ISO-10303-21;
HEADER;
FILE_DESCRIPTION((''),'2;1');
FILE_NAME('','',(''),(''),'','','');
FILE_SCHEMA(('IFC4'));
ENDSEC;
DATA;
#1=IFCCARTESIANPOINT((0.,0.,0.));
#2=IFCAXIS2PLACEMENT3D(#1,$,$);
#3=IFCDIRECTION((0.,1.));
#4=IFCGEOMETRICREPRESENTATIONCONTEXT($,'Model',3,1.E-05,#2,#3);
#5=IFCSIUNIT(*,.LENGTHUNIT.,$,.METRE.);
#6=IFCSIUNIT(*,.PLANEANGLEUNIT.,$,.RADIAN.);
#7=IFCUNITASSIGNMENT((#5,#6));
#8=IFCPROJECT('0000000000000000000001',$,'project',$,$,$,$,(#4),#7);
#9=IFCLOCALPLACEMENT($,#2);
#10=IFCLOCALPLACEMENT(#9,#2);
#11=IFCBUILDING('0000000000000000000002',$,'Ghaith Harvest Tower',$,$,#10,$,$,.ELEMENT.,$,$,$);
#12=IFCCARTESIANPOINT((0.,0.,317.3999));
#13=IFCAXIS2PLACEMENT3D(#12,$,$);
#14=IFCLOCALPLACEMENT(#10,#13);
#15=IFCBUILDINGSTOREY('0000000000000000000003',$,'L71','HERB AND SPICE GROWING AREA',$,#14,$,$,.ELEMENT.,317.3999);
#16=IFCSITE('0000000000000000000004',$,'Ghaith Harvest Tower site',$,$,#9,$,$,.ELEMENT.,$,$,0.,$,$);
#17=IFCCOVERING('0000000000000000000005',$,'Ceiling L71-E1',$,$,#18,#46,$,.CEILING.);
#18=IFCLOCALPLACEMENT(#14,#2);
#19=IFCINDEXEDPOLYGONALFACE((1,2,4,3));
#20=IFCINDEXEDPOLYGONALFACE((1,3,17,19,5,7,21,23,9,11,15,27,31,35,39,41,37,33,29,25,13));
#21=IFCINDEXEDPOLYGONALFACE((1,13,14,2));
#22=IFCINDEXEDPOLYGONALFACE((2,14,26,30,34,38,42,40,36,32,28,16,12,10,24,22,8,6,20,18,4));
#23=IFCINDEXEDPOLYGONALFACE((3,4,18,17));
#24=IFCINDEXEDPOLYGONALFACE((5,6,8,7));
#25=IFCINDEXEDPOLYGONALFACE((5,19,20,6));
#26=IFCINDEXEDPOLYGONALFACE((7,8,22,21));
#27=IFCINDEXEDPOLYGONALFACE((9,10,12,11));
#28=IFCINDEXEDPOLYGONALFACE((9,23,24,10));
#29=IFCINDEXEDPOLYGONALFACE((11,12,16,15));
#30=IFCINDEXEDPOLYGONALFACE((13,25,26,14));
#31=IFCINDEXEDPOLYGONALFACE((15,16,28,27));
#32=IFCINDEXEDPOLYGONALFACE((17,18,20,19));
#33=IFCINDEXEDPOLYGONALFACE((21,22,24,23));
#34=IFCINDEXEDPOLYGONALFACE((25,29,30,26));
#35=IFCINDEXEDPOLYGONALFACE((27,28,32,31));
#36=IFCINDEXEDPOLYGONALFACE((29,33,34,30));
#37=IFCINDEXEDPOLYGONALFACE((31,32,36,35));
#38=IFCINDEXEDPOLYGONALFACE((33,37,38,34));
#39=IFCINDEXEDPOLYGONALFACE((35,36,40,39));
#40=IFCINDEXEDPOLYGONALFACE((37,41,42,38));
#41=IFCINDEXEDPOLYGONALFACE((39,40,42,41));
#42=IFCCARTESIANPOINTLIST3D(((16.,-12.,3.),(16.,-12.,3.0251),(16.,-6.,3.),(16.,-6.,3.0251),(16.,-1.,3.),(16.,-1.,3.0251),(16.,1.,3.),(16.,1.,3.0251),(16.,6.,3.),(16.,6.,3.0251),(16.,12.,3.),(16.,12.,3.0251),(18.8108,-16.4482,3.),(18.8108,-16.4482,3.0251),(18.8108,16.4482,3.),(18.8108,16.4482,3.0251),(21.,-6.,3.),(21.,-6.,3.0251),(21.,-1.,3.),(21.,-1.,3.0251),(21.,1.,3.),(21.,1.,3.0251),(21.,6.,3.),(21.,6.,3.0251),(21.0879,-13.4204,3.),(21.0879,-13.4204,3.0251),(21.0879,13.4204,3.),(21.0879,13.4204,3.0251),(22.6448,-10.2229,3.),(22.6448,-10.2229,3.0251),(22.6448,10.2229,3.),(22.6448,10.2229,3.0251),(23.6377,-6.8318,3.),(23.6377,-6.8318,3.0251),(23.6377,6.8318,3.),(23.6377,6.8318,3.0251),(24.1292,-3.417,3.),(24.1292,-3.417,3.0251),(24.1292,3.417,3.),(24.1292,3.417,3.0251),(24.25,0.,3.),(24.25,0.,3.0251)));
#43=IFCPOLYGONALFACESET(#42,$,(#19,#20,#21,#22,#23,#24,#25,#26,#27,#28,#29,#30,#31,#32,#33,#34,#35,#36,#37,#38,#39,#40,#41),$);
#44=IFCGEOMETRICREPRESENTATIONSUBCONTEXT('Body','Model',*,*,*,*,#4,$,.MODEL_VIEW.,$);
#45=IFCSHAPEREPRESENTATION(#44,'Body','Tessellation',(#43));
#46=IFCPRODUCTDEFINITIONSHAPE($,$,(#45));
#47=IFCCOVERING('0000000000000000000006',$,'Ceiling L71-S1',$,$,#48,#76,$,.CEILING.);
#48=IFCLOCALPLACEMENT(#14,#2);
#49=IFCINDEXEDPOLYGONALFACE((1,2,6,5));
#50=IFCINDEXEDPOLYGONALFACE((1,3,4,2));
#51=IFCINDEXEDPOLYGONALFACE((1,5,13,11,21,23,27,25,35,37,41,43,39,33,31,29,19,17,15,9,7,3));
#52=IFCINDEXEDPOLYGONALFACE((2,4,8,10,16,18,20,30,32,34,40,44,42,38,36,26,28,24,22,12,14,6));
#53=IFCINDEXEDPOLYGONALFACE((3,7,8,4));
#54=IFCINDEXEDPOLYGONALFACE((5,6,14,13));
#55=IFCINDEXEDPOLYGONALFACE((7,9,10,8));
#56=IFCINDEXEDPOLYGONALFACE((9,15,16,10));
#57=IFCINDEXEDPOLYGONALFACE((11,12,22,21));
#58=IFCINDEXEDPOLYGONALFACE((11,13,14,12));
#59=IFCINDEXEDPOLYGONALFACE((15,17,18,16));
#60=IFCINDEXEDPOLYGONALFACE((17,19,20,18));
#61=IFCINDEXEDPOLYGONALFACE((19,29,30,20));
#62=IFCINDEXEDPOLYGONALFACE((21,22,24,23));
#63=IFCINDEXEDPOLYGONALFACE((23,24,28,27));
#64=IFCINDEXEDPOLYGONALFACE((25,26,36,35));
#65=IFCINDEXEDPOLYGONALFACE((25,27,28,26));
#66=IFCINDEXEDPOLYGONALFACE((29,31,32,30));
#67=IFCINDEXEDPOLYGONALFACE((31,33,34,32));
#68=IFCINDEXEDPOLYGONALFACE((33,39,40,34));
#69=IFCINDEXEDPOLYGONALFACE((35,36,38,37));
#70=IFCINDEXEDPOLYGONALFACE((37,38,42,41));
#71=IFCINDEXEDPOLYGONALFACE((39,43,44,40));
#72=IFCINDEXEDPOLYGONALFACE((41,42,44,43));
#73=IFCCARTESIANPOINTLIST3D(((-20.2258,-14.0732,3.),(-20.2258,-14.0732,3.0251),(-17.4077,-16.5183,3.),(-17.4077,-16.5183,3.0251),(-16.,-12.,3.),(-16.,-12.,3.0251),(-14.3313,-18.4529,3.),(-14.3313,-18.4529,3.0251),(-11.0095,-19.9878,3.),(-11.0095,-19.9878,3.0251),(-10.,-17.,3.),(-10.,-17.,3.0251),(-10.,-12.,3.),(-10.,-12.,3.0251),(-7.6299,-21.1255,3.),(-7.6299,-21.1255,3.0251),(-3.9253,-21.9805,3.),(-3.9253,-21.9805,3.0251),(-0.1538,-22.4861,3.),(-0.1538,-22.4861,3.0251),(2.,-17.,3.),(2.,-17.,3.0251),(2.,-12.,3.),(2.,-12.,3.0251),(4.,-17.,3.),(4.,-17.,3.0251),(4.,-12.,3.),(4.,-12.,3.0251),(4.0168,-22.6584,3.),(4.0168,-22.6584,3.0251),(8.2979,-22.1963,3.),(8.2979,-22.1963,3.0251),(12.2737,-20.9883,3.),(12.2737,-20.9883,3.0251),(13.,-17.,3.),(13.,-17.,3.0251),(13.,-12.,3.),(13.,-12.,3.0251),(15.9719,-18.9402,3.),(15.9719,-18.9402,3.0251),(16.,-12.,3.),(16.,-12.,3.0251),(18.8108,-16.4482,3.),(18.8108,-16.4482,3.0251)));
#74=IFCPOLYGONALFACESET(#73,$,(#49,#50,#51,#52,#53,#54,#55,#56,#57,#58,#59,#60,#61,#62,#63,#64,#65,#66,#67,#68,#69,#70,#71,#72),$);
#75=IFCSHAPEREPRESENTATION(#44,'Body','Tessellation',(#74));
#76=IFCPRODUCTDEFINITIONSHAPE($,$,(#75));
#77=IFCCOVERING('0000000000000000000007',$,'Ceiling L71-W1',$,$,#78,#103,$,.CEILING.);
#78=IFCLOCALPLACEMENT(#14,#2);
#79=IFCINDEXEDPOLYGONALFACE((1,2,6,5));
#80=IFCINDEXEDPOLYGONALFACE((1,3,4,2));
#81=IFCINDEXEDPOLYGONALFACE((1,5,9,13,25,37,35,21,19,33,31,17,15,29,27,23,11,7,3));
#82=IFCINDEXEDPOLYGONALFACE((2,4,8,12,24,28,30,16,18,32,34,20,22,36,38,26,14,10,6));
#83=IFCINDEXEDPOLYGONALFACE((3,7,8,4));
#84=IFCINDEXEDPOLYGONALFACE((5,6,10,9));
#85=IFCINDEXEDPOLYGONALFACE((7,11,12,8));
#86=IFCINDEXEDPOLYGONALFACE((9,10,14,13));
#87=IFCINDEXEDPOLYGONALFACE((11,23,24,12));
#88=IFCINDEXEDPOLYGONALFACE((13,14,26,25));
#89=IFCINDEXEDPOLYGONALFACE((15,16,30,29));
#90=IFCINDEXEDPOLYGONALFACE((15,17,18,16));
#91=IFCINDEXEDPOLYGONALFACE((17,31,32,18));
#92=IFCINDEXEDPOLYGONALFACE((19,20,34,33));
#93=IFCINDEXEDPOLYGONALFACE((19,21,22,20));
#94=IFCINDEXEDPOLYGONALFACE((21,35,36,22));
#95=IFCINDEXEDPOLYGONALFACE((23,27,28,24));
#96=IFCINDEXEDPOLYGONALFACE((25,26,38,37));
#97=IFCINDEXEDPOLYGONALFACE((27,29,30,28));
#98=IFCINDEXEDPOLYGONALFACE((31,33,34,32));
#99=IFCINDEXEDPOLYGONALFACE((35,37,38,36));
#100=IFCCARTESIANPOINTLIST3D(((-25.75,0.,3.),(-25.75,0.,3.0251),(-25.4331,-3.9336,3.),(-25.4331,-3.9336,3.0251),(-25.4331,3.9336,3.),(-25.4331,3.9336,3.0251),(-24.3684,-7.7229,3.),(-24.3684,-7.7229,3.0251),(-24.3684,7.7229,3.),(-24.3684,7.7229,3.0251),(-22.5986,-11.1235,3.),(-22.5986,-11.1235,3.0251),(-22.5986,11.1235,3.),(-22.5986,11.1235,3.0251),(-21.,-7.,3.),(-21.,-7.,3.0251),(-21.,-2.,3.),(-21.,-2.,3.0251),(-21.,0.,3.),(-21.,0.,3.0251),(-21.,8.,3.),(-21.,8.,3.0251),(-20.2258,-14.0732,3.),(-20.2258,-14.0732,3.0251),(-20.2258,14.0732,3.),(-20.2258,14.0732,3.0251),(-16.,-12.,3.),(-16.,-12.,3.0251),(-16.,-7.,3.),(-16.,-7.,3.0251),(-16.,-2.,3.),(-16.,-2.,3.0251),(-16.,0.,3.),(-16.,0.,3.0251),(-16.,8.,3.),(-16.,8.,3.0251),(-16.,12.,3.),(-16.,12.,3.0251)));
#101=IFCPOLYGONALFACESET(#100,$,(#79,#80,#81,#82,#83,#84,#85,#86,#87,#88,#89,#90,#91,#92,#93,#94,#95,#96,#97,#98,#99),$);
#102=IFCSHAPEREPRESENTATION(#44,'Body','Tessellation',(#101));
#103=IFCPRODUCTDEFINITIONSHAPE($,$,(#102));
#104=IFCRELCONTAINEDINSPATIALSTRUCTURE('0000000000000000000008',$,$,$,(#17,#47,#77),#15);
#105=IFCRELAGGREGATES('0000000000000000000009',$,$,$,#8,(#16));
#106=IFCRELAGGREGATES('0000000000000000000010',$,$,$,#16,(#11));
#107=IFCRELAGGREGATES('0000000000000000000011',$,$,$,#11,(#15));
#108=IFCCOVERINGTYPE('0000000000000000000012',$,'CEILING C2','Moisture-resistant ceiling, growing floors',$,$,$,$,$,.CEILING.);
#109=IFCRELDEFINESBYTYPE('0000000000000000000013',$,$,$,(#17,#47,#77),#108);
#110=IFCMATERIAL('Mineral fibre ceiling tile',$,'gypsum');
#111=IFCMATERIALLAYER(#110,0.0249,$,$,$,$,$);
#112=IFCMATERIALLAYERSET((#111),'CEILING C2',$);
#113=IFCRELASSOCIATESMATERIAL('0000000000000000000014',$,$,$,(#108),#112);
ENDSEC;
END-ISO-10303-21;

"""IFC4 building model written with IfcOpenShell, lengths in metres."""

from ifc_helpers import new_model, si_unit, direction, frame, origin, place, context, subcontext, project, spatial, polyline, outline, extrude, material, layer, layer_set, type_object, element, save


model = new_model("IFC4")

# Units and contexts
model_context = context("Model", 3, precision=1e-05, world=origin(), true_north=direction((0.0, 1.0)))
body_context = subcontext(model_context, "Body", "Model", "MODEL_VIEW")
ifc_project = project(units=[si_unit("LENGTHUNIT", "METRE"), si_unit("PLANEANGLEUNIT", "RADIAN")], contexts=[model_context])

# Site, building, storey
site_placement = place(None, origin())
site = spatial("IfcSite", under=ifc_project, at=site_placement, Name="Ghaith Harvest Tower site", CompositionType="ELEMENT", RefElevation=0.0)
building_placement = place(site_placement, origin())
building = spatial("IfcBuilding", under=site, at=building_placement, Name="Ghaith Harvest Tower", CompositionType="ELEMENT")
storey_placement = place(building_placement, frame((0.0, 0.0, 317.3999)))
storey = spatial("IfcBuildingStorey", under=building, at=storey_placement, Name="L71", Description="HERB AND SPICE GROWING AREA", CompositionType="ELEMENT", Elevation=317.3999)

# Coverings
ifc_material_1 = material(Name="Mineral fibre ceiling tile", Category="gypsum")
ifc_layer_1 = layer(ifc_material_1, 0.0249)
ifc_layer_set_1 = layer_set([ifc_layer_1], Name="CEILING C2")
covering_type = type_object("IfcCoveringType", Name="CEILING C2", Description="Moisture-resistant ceiling, growing floors", PredefinedType="CEILING", material=ifc_layer_set_1)
covering_1_placement = place(storey_placement, frame((0.0, 0.0, 3.0)))
element("IfcCovering", 1, at=covering_1_placement, inside=storey, type_object=covering_type, Name="Ceiling L71-E1", PredefinedType="CEILING", context=body_context, shape_type="SweptSolid", body=[
    extrude(outline(polyline([(21.0879, 13.4204), (22.6448, 10.2229), (23.6377, 6.8318), (24.1292, 3.417), (24.25, 0.0), (24.1292, -3.417), (23.6377, -6.8318), (22.6448, -10.2229), (21.0879, -13.4204), (18.8108, -16.4482), (16.0, -12.0), (16.0, -6.0), (21.0, -6.0), (21.0, -1.0), (16.0, -1.0), (16.0, 1.0), (21.0, 1.0), (21.0, 6.0), (16.0, 6.0), (16.0, 12.0), (18.8108, 16.4482), (21.0879, 13.4204)])), origin(), (0.0, 0.0, 1.0), 0.0251),
])
covering_2_placement = place(storey_placement, frame((0.0, 0.0, 3.0)))
element("IfcCovering", 2, at=covering_2_placement, inside=storey, type_object=covering_type, Name="Ceiling L71-S1", PredefinedType="CEILING", context=body_context, shape_type="SweptSolid", body=[
    extrude(outline(polyline([(-17.4077, -16.5183), (-20.2258, -14.0732), (-16.0, -12.0), (-10.0, -12.0), (-10.0, -17.0), (2.0, -17.0), (2.0, -12.0), (4.0, -12.0), (4.0, -17.0), (13.0, -17.0), (13.0, -12.0), (16.0, -12.0), (18.8108, -16.4482), (15.9719, -18.9402), (12.2737, -20.9883), (8.2979, -22.1963), (4.0168, -22.6584), (-0.1538, -22.4861), (-3.9253, -21.9805), (-7.6299, -21.1255), (-11.0095, -19.9878), (-14.3313, -18.4529), (-17.4077, -16.5183)])), origin(), (0.0, 0.0, 1.0), 0.0251),
])
covering_3_placement = place(storey_placement, frame((0.0, 0.0, 3.0)))
element("IfcCovering", 3, at=covering_3_placement, inside=storey, type_object=covering_type, Name="Ceiling L71-W1", PredefinedType="CEILING", context=body_context, shape_type="SweptSolid", body=[
    extrude(outline(polyline([(-22.5986, -11.1235), (-24.3684, -7.7229), (-25.4331, -3.9336), (-25.75, 0.0), (-25.4331, 3.9336), (-24.3684, 7.7229), (-22.5986, 11.1235), (-20.2258, 14.0732), (-16.0, 12.0), (-16.0, 8.0), (-21.0, 8.0), (-21.0, 0.0), (-16.0, 0.0), (-16.0, -2.0), (-21.0, -2.0), (-21.0, -7.0), (-16.0, -7.0), (-16.0, -12.0), (-20.2258, -14.0732), (-22.5986, -11.1235)])), origin(), (0.0, 0.0, 1.0), 0.0251),
])

save(model, "model.ifc")
